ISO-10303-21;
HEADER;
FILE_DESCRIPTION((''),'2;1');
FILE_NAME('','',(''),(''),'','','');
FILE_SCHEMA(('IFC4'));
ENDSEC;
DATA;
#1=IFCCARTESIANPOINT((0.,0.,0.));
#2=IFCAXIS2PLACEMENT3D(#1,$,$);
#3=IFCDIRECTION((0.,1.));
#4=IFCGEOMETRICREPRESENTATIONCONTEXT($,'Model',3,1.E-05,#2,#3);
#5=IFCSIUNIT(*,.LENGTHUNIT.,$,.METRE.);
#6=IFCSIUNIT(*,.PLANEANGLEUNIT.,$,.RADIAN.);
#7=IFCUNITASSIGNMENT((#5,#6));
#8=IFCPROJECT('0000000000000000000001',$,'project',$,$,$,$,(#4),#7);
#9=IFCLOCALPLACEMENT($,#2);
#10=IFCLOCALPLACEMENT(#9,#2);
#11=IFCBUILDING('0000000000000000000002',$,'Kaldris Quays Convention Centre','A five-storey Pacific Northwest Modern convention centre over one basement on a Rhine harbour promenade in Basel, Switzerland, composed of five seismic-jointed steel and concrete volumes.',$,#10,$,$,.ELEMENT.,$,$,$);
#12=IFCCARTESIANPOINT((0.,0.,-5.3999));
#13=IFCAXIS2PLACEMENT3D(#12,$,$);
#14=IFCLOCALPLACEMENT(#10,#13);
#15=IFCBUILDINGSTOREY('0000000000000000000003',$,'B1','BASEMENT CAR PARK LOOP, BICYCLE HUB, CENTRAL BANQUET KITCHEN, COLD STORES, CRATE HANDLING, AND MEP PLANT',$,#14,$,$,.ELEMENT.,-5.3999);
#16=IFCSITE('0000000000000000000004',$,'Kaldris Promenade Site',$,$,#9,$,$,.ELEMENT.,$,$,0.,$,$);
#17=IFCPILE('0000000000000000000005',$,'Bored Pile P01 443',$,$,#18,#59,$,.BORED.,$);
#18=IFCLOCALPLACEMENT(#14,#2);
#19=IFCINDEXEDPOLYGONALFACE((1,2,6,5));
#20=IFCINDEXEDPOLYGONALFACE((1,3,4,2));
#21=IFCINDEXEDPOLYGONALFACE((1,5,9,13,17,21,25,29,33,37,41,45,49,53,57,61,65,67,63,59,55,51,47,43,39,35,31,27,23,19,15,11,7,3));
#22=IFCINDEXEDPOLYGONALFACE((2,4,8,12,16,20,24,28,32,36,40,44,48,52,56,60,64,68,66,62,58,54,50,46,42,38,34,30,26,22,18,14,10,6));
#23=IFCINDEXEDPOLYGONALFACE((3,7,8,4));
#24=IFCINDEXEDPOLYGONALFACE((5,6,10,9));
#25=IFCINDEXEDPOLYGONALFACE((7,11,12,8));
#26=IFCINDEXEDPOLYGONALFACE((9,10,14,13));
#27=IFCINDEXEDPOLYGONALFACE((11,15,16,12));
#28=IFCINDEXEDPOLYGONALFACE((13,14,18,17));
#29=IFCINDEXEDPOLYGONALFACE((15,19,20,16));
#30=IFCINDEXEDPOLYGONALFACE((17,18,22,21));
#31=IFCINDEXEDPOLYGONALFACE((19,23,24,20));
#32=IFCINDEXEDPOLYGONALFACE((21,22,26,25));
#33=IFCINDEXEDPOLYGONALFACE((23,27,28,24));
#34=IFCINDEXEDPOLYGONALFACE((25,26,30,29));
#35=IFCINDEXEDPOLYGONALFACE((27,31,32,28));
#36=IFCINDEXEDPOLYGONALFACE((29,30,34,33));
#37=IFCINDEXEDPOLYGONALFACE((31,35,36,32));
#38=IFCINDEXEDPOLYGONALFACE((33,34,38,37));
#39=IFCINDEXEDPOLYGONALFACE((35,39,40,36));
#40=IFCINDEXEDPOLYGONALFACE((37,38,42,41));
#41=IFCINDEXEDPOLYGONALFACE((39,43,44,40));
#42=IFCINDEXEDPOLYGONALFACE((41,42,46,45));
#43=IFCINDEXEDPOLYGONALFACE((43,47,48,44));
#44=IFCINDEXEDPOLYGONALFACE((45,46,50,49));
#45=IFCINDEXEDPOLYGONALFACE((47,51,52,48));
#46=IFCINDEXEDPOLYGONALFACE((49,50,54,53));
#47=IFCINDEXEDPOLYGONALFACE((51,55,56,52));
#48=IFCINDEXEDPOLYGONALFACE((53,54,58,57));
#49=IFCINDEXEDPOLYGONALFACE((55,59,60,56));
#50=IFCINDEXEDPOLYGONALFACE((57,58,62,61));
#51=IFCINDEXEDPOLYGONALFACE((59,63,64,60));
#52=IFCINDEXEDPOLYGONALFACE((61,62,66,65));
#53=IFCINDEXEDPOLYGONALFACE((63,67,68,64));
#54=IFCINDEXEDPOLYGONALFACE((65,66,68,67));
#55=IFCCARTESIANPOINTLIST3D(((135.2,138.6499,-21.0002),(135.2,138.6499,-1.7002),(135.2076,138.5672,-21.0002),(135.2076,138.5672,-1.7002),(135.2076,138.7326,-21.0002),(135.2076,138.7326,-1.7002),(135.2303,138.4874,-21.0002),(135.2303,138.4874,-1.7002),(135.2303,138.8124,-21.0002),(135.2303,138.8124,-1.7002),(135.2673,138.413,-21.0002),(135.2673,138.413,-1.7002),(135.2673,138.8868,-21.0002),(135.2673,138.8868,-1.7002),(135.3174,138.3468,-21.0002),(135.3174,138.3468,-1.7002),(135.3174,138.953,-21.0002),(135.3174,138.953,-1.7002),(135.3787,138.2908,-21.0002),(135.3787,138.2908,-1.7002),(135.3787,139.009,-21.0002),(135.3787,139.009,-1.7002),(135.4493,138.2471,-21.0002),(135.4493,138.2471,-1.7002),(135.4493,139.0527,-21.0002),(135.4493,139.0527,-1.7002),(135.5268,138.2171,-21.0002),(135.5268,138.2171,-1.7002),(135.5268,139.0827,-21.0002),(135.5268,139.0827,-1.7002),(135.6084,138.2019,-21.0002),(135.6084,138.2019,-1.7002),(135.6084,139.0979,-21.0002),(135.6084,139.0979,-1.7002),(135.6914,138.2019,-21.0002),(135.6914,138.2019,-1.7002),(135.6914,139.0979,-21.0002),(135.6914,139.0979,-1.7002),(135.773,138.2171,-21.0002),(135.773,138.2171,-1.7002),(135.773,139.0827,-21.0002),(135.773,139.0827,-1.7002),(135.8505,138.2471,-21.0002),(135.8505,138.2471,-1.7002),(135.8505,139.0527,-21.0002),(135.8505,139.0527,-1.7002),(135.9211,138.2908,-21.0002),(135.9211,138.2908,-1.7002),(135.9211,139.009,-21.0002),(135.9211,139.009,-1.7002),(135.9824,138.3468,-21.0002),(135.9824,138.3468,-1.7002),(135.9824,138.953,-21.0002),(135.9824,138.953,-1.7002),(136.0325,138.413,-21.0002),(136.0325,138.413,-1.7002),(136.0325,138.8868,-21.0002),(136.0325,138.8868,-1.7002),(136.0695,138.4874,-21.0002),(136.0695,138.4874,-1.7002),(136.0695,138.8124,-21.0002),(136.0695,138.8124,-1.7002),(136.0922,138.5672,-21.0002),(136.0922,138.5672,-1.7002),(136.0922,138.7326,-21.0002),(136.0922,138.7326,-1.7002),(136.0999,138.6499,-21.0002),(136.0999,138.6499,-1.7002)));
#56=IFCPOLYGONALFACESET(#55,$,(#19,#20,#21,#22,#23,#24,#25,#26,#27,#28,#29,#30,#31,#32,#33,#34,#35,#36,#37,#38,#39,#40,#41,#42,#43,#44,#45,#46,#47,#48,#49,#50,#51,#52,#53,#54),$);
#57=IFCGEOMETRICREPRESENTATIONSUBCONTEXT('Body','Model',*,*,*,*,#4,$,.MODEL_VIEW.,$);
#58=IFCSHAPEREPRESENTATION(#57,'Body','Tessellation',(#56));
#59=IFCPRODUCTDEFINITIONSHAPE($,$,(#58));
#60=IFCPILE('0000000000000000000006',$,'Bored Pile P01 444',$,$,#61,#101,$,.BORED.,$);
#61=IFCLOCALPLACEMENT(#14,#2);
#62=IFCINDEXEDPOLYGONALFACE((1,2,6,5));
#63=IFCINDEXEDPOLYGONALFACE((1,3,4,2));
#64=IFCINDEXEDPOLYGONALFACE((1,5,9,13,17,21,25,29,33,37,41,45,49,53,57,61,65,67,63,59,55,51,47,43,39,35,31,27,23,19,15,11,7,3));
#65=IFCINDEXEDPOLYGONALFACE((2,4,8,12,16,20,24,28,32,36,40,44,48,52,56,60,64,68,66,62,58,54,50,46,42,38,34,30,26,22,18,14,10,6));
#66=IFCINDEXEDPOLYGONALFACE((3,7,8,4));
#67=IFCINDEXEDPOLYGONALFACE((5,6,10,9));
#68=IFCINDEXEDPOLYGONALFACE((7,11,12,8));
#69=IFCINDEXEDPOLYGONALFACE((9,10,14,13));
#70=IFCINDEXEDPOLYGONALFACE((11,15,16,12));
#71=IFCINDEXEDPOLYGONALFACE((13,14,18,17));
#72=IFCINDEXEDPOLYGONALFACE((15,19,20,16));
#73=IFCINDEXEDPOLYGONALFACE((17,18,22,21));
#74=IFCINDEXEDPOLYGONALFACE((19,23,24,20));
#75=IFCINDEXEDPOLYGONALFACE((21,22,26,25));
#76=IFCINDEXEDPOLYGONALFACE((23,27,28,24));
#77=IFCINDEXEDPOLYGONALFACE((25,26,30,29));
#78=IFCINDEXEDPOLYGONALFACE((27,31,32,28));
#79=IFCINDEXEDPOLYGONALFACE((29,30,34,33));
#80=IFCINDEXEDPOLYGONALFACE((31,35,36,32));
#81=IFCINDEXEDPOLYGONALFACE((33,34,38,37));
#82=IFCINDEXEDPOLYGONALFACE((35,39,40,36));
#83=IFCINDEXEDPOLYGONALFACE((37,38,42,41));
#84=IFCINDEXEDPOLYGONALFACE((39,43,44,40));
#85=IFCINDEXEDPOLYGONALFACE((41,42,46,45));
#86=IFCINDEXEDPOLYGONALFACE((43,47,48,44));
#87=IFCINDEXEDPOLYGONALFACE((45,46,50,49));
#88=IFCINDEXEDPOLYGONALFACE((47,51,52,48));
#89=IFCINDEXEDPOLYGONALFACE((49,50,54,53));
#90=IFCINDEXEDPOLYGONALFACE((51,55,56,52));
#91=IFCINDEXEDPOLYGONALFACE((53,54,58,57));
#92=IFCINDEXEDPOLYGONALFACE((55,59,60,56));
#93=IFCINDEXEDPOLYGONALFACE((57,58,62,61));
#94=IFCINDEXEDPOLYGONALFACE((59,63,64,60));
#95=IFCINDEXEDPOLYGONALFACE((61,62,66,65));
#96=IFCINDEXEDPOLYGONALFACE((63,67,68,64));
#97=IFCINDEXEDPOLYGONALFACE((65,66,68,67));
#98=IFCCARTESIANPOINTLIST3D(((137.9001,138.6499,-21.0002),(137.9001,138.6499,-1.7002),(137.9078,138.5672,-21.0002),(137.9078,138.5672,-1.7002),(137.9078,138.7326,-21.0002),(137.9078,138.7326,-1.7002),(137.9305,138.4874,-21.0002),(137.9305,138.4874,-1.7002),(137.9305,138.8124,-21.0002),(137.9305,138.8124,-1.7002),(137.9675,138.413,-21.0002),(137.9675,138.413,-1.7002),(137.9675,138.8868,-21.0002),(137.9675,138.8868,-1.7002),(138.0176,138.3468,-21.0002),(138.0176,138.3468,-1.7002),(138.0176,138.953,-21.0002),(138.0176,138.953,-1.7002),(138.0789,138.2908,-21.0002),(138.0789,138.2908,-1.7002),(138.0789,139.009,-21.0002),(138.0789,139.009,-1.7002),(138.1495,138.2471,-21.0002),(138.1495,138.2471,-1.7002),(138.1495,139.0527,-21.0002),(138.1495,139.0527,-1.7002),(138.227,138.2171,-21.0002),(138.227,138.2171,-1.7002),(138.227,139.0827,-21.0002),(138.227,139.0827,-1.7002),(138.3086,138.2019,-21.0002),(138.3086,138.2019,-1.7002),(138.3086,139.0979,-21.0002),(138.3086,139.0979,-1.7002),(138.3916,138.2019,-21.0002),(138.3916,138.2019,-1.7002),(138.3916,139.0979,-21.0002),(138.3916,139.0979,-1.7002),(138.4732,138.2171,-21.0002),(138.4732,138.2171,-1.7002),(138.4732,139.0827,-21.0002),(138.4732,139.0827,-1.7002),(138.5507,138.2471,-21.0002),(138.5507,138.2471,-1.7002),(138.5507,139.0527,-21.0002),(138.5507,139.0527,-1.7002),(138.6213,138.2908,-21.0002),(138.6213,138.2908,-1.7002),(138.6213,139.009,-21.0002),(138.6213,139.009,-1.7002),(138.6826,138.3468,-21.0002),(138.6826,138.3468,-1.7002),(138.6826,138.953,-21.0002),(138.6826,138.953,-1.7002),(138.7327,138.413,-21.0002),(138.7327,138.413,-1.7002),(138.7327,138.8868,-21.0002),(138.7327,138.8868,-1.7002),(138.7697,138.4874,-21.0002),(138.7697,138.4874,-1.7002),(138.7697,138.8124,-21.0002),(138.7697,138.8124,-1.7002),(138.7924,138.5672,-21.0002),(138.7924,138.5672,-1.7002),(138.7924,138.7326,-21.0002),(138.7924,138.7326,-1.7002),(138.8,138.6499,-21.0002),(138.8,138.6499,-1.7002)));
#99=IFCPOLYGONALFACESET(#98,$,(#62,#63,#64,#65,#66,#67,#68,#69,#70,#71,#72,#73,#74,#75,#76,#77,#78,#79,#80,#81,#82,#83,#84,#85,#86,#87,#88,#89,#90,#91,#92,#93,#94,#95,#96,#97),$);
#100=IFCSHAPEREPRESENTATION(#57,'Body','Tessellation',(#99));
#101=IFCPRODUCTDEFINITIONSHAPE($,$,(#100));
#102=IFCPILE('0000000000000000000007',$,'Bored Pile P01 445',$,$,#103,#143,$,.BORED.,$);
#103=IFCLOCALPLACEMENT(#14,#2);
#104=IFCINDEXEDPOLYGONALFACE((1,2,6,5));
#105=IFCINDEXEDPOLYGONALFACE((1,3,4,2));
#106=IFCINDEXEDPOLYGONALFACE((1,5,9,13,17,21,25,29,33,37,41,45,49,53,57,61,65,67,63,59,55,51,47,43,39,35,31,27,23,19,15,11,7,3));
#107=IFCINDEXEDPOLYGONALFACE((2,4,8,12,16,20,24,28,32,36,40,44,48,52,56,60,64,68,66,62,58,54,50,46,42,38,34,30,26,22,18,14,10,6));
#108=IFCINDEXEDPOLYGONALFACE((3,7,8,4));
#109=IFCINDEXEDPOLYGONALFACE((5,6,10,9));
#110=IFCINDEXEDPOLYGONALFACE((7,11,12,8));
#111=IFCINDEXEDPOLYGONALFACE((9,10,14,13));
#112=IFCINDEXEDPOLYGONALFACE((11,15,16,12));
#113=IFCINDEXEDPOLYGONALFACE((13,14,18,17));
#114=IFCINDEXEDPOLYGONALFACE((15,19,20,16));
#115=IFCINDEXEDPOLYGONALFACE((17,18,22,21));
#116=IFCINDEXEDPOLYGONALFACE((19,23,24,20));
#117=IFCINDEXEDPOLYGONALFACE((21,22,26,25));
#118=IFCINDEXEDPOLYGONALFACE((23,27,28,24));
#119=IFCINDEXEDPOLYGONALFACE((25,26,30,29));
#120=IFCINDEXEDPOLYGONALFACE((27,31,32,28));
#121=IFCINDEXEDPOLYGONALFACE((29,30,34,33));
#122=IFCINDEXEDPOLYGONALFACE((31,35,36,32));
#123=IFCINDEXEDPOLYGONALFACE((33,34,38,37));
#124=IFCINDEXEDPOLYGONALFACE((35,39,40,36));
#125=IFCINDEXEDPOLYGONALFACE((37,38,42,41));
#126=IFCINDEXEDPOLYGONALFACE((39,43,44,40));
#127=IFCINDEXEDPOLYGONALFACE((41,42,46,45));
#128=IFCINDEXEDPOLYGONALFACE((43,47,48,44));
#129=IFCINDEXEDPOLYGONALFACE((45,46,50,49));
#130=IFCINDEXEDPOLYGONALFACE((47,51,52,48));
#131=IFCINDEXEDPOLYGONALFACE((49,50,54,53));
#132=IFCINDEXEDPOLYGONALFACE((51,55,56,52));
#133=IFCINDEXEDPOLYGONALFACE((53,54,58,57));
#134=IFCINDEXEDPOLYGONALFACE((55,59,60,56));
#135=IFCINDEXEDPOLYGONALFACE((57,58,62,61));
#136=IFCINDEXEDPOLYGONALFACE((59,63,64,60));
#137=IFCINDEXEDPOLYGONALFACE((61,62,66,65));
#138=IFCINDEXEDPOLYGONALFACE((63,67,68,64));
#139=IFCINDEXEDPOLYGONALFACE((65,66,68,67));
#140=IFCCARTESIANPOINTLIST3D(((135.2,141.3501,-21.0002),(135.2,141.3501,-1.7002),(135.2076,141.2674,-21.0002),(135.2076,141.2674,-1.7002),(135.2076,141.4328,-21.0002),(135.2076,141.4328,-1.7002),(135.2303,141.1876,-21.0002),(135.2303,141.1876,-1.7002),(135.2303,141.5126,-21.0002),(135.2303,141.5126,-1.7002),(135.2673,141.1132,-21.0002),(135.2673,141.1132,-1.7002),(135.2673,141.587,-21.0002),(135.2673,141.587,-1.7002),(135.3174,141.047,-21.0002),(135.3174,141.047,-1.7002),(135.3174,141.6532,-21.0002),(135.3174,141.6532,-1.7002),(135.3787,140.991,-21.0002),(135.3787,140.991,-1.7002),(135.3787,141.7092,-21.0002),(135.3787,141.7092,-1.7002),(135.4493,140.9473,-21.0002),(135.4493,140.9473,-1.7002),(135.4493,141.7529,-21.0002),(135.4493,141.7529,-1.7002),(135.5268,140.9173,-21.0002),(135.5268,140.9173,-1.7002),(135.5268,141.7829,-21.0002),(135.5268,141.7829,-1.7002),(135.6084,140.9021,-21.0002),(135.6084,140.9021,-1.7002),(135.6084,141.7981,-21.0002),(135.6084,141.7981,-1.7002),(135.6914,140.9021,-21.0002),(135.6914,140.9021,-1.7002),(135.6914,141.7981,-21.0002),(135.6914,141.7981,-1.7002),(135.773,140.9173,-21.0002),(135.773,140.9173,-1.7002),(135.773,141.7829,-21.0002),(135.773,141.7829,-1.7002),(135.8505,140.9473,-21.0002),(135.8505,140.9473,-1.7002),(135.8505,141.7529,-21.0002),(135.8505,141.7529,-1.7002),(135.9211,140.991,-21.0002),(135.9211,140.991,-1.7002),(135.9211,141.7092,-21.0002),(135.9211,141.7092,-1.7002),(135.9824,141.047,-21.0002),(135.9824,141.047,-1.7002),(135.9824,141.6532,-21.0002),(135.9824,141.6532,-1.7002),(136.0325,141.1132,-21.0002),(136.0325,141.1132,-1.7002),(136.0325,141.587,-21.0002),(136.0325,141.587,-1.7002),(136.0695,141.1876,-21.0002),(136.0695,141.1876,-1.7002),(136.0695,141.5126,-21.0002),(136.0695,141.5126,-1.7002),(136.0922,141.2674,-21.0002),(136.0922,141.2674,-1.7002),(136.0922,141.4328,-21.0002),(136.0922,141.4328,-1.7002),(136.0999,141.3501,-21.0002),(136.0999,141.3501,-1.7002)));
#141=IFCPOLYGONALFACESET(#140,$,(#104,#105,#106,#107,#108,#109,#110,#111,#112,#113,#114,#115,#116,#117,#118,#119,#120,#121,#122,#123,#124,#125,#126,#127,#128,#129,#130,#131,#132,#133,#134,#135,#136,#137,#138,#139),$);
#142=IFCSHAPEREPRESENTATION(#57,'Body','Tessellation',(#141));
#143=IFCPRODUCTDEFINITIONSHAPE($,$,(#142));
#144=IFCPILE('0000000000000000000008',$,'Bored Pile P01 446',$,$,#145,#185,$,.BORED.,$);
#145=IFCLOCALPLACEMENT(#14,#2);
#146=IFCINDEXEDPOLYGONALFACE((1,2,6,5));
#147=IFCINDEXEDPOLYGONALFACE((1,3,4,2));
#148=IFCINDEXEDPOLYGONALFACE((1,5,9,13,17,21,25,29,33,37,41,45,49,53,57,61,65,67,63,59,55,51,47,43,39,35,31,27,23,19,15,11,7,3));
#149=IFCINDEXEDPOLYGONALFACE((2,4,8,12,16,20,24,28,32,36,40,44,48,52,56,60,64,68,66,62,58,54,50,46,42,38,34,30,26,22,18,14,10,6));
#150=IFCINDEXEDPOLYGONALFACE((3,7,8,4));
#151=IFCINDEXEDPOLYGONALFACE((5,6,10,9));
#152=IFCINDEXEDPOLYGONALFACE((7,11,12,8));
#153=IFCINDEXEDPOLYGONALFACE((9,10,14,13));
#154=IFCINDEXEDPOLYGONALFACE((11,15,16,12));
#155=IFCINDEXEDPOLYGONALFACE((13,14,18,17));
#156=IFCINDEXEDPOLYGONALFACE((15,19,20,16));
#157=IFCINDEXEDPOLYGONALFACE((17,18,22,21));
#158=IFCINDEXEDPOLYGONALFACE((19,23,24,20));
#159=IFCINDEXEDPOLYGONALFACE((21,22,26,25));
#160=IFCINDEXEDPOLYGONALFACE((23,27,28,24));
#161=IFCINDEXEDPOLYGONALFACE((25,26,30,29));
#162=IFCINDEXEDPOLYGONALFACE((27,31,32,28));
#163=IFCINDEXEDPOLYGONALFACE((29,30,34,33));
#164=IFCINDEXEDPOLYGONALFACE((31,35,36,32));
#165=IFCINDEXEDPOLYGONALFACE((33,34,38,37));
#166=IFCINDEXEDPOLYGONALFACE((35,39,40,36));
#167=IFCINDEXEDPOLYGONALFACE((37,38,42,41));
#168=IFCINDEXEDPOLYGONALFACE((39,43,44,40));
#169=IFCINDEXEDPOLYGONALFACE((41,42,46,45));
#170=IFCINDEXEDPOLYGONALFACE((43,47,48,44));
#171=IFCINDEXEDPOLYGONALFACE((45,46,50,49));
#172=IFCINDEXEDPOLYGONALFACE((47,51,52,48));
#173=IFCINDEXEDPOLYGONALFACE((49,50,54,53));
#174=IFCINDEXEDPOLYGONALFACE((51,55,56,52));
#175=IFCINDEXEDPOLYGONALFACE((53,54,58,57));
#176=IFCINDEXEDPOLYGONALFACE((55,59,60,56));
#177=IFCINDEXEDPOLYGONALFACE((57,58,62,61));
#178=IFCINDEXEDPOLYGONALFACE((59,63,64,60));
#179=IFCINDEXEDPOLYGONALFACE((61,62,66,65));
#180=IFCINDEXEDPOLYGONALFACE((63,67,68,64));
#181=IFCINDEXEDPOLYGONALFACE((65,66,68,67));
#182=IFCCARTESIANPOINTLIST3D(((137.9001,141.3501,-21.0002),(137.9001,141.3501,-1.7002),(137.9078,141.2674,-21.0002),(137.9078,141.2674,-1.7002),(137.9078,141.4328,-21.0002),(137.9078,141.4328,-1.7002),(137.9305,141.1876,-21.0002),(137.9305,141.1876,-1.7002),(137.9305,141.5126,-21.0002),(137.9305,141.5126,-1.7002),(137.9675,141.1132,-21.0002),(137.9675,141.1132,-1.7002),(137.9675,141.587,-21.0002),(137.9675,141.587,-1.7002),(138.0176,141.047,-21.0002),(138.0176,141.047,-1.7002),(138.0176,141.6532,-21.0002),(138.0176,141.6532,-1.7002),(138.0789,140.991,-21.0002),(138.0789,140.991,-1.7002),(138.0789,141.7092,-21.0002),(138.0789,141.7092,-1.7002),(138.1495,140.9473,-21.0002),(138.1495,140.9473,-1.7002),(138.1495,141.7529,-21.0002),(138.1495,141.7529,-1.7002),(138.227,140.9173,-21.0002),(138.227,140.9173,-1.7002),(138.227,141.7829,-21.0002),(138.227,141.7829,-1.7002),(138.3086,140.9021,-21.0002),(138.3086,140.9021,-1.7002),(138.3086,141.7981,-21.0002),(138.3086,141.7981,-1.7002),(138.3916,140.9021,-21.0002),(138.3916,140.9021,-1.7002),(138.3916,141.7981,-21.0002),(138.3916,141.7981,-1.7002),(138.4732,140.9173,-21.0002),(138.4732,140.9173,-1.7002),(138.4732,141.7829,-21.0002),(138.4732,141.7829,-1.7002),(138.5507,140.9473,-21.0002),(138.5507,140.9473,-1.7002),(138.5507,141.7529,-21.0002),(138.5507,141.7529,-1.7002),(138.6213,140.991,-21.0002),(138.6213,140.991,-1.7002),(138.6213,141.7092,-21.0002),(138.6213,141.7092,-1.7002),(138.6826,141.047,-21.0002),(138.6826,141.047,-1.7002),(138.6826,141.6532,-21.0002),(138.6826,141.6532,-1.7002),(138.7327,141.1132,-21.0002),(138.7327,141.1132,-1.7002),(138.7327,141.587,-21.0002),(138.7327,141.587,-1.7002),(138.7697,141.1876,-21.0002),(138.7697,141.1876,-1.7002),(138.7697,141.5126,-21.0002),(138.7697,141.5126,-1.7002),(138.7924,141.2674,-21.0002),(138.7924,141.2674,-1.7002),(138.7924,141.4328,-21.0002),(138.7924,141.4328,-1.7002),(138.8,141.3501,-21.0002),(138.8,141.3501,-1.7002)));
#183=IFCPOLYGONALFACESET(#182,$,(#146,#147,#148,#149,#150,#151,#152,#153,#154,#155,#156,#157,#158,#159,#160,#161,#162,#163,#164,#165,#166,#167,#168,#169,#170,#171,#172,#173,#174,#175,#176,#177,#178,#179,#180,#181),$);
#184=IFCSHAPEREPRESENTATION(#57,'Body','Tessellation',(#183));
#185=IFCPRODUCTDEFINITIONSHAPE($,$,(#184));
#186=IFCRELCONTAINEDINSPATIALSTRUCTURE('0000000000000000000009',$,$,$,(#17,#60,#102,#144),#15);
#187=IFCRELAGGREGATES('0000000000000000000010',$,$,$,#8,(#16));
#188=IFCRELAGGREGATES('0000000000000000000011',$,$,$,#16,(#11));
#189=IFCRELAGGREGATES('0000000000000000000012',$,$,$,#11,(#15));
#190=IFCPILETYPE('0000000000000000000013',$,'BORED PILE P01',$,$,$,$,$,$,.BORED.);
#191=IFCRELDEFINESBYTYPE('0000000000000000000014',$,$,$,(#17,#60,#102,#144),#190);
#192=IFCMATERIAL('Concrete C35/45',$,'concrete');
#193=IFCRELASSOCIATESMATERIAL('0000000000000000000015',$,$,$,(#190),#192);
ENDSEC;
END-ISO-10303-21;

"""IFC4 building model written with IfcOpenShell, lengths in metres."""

from ifc_helpers import new_model, si_unit, direction, frame, origin, origin_2d, place, context, subcontext, project, spatial, circle, extrude, material, material_profile, profile_set, type_object, element, save


model = new_model("IFC4")

# Units and contexts
model_context = context("Model", 3, precision=1e-05, world=origin(), true_north=direction((0.0, 1.0)))
body_context = subcontext(model_context, "Body", "Model", "MODEL_VIEW")
ifc_project = project(units=[si_unit("LENGTHUNIT", "METRE"), si_unit("PLANEANGLEUNIT", "RADIAN")], contexts=[model_context])

# Site, building, storey
site_placement = place(None, origin())
site = spatial("IfcSite", under=ifc_project, at=site_placement, Name="Kaldris Promenade Site", CompositionType="ELEMENT", RefElevation=0.0)
building_placement = place(site_placement, origin())
building = spatial("IfcBuilding", under=site, at=building_placement, Name="Kaldris Quays Convention Centre", Description="A five-storey Pacific Northwest Modern convention centre over one basement on a Rhine harbour promenade in Basel, Switzerland, composed of five seismic-jointed steel and concrete volumes.", CompositionType="ELEMENT")
storey_placement = place(building_placement, frame((0.0, 0.0, -5.3999)))
storey = spatial("IfcBuildingStorey", under=building, at=storey_placement, Name="B1", Description="BASEMENT CAR PARK LOOP, BICYCLE HUB, CENTRAL BANQUET KITCHEN, COLD STORES, CRATE HANDLING, AND MEP PLANT", CompositionType="ELEMENT", Elevation=-5.3999)

# Piles
ifc_material_1 = material(Name="Concrete C35/45", Category="concrete")
ifc_material_profile_1 = material_profile(ifc_material_1, circle(Radius=0.45, at=origin_2d()), Name="BORED PILE D900")
ifc_profile_set_1 = profile_set([ifc_material_profile_1], Name="Concrete C35/45")
pile_type_1 = type_object("IfcPileType", Name="BORED PILE P01", PredefinedType="BORED", material=ifc_profile_set_1)
for number, where, z_axis, x_axis, name in (
    (1, (135.6499, 138.6499, -1.7002), (0.0, 0.0, -1.0), (1.0, 0.0, 0.0), "Bored Pile P01 443"),
    (2, (138.3501, 138.6499, -1.7002), (0.0, 0.0, -1.0), (1.0, 0.0, 0.0), "Bored Pile P01 444"),
    (3, (135.6499, 141.3501, -1.7002), (0.0, 0.0, -1.0), (1.0, 0.0, 0.0), "Bored Pile P01 445"),
    (4, (138.3501, 141.3501, -1.7002), (0.0, 0.0, -1.0), (1.0, 0.0, 0.0), "Bored Pile P01 446"),
):
    element("IfcPile", number, at=place(storey_placement, frame(where, z_axis=z_axis, x_axis=x_axis)), inside=storey, type_object=pile_type_1, Name=name, PredefinedType="BORED", context=body_context, shape_type="SweptSolid", body=[
        extrude(circle(Radius=0.45, at=origin_2d()), origin(), (0.0, 0.0, 1.0), 19.3),
    ])

save(model, "model.ifc")
